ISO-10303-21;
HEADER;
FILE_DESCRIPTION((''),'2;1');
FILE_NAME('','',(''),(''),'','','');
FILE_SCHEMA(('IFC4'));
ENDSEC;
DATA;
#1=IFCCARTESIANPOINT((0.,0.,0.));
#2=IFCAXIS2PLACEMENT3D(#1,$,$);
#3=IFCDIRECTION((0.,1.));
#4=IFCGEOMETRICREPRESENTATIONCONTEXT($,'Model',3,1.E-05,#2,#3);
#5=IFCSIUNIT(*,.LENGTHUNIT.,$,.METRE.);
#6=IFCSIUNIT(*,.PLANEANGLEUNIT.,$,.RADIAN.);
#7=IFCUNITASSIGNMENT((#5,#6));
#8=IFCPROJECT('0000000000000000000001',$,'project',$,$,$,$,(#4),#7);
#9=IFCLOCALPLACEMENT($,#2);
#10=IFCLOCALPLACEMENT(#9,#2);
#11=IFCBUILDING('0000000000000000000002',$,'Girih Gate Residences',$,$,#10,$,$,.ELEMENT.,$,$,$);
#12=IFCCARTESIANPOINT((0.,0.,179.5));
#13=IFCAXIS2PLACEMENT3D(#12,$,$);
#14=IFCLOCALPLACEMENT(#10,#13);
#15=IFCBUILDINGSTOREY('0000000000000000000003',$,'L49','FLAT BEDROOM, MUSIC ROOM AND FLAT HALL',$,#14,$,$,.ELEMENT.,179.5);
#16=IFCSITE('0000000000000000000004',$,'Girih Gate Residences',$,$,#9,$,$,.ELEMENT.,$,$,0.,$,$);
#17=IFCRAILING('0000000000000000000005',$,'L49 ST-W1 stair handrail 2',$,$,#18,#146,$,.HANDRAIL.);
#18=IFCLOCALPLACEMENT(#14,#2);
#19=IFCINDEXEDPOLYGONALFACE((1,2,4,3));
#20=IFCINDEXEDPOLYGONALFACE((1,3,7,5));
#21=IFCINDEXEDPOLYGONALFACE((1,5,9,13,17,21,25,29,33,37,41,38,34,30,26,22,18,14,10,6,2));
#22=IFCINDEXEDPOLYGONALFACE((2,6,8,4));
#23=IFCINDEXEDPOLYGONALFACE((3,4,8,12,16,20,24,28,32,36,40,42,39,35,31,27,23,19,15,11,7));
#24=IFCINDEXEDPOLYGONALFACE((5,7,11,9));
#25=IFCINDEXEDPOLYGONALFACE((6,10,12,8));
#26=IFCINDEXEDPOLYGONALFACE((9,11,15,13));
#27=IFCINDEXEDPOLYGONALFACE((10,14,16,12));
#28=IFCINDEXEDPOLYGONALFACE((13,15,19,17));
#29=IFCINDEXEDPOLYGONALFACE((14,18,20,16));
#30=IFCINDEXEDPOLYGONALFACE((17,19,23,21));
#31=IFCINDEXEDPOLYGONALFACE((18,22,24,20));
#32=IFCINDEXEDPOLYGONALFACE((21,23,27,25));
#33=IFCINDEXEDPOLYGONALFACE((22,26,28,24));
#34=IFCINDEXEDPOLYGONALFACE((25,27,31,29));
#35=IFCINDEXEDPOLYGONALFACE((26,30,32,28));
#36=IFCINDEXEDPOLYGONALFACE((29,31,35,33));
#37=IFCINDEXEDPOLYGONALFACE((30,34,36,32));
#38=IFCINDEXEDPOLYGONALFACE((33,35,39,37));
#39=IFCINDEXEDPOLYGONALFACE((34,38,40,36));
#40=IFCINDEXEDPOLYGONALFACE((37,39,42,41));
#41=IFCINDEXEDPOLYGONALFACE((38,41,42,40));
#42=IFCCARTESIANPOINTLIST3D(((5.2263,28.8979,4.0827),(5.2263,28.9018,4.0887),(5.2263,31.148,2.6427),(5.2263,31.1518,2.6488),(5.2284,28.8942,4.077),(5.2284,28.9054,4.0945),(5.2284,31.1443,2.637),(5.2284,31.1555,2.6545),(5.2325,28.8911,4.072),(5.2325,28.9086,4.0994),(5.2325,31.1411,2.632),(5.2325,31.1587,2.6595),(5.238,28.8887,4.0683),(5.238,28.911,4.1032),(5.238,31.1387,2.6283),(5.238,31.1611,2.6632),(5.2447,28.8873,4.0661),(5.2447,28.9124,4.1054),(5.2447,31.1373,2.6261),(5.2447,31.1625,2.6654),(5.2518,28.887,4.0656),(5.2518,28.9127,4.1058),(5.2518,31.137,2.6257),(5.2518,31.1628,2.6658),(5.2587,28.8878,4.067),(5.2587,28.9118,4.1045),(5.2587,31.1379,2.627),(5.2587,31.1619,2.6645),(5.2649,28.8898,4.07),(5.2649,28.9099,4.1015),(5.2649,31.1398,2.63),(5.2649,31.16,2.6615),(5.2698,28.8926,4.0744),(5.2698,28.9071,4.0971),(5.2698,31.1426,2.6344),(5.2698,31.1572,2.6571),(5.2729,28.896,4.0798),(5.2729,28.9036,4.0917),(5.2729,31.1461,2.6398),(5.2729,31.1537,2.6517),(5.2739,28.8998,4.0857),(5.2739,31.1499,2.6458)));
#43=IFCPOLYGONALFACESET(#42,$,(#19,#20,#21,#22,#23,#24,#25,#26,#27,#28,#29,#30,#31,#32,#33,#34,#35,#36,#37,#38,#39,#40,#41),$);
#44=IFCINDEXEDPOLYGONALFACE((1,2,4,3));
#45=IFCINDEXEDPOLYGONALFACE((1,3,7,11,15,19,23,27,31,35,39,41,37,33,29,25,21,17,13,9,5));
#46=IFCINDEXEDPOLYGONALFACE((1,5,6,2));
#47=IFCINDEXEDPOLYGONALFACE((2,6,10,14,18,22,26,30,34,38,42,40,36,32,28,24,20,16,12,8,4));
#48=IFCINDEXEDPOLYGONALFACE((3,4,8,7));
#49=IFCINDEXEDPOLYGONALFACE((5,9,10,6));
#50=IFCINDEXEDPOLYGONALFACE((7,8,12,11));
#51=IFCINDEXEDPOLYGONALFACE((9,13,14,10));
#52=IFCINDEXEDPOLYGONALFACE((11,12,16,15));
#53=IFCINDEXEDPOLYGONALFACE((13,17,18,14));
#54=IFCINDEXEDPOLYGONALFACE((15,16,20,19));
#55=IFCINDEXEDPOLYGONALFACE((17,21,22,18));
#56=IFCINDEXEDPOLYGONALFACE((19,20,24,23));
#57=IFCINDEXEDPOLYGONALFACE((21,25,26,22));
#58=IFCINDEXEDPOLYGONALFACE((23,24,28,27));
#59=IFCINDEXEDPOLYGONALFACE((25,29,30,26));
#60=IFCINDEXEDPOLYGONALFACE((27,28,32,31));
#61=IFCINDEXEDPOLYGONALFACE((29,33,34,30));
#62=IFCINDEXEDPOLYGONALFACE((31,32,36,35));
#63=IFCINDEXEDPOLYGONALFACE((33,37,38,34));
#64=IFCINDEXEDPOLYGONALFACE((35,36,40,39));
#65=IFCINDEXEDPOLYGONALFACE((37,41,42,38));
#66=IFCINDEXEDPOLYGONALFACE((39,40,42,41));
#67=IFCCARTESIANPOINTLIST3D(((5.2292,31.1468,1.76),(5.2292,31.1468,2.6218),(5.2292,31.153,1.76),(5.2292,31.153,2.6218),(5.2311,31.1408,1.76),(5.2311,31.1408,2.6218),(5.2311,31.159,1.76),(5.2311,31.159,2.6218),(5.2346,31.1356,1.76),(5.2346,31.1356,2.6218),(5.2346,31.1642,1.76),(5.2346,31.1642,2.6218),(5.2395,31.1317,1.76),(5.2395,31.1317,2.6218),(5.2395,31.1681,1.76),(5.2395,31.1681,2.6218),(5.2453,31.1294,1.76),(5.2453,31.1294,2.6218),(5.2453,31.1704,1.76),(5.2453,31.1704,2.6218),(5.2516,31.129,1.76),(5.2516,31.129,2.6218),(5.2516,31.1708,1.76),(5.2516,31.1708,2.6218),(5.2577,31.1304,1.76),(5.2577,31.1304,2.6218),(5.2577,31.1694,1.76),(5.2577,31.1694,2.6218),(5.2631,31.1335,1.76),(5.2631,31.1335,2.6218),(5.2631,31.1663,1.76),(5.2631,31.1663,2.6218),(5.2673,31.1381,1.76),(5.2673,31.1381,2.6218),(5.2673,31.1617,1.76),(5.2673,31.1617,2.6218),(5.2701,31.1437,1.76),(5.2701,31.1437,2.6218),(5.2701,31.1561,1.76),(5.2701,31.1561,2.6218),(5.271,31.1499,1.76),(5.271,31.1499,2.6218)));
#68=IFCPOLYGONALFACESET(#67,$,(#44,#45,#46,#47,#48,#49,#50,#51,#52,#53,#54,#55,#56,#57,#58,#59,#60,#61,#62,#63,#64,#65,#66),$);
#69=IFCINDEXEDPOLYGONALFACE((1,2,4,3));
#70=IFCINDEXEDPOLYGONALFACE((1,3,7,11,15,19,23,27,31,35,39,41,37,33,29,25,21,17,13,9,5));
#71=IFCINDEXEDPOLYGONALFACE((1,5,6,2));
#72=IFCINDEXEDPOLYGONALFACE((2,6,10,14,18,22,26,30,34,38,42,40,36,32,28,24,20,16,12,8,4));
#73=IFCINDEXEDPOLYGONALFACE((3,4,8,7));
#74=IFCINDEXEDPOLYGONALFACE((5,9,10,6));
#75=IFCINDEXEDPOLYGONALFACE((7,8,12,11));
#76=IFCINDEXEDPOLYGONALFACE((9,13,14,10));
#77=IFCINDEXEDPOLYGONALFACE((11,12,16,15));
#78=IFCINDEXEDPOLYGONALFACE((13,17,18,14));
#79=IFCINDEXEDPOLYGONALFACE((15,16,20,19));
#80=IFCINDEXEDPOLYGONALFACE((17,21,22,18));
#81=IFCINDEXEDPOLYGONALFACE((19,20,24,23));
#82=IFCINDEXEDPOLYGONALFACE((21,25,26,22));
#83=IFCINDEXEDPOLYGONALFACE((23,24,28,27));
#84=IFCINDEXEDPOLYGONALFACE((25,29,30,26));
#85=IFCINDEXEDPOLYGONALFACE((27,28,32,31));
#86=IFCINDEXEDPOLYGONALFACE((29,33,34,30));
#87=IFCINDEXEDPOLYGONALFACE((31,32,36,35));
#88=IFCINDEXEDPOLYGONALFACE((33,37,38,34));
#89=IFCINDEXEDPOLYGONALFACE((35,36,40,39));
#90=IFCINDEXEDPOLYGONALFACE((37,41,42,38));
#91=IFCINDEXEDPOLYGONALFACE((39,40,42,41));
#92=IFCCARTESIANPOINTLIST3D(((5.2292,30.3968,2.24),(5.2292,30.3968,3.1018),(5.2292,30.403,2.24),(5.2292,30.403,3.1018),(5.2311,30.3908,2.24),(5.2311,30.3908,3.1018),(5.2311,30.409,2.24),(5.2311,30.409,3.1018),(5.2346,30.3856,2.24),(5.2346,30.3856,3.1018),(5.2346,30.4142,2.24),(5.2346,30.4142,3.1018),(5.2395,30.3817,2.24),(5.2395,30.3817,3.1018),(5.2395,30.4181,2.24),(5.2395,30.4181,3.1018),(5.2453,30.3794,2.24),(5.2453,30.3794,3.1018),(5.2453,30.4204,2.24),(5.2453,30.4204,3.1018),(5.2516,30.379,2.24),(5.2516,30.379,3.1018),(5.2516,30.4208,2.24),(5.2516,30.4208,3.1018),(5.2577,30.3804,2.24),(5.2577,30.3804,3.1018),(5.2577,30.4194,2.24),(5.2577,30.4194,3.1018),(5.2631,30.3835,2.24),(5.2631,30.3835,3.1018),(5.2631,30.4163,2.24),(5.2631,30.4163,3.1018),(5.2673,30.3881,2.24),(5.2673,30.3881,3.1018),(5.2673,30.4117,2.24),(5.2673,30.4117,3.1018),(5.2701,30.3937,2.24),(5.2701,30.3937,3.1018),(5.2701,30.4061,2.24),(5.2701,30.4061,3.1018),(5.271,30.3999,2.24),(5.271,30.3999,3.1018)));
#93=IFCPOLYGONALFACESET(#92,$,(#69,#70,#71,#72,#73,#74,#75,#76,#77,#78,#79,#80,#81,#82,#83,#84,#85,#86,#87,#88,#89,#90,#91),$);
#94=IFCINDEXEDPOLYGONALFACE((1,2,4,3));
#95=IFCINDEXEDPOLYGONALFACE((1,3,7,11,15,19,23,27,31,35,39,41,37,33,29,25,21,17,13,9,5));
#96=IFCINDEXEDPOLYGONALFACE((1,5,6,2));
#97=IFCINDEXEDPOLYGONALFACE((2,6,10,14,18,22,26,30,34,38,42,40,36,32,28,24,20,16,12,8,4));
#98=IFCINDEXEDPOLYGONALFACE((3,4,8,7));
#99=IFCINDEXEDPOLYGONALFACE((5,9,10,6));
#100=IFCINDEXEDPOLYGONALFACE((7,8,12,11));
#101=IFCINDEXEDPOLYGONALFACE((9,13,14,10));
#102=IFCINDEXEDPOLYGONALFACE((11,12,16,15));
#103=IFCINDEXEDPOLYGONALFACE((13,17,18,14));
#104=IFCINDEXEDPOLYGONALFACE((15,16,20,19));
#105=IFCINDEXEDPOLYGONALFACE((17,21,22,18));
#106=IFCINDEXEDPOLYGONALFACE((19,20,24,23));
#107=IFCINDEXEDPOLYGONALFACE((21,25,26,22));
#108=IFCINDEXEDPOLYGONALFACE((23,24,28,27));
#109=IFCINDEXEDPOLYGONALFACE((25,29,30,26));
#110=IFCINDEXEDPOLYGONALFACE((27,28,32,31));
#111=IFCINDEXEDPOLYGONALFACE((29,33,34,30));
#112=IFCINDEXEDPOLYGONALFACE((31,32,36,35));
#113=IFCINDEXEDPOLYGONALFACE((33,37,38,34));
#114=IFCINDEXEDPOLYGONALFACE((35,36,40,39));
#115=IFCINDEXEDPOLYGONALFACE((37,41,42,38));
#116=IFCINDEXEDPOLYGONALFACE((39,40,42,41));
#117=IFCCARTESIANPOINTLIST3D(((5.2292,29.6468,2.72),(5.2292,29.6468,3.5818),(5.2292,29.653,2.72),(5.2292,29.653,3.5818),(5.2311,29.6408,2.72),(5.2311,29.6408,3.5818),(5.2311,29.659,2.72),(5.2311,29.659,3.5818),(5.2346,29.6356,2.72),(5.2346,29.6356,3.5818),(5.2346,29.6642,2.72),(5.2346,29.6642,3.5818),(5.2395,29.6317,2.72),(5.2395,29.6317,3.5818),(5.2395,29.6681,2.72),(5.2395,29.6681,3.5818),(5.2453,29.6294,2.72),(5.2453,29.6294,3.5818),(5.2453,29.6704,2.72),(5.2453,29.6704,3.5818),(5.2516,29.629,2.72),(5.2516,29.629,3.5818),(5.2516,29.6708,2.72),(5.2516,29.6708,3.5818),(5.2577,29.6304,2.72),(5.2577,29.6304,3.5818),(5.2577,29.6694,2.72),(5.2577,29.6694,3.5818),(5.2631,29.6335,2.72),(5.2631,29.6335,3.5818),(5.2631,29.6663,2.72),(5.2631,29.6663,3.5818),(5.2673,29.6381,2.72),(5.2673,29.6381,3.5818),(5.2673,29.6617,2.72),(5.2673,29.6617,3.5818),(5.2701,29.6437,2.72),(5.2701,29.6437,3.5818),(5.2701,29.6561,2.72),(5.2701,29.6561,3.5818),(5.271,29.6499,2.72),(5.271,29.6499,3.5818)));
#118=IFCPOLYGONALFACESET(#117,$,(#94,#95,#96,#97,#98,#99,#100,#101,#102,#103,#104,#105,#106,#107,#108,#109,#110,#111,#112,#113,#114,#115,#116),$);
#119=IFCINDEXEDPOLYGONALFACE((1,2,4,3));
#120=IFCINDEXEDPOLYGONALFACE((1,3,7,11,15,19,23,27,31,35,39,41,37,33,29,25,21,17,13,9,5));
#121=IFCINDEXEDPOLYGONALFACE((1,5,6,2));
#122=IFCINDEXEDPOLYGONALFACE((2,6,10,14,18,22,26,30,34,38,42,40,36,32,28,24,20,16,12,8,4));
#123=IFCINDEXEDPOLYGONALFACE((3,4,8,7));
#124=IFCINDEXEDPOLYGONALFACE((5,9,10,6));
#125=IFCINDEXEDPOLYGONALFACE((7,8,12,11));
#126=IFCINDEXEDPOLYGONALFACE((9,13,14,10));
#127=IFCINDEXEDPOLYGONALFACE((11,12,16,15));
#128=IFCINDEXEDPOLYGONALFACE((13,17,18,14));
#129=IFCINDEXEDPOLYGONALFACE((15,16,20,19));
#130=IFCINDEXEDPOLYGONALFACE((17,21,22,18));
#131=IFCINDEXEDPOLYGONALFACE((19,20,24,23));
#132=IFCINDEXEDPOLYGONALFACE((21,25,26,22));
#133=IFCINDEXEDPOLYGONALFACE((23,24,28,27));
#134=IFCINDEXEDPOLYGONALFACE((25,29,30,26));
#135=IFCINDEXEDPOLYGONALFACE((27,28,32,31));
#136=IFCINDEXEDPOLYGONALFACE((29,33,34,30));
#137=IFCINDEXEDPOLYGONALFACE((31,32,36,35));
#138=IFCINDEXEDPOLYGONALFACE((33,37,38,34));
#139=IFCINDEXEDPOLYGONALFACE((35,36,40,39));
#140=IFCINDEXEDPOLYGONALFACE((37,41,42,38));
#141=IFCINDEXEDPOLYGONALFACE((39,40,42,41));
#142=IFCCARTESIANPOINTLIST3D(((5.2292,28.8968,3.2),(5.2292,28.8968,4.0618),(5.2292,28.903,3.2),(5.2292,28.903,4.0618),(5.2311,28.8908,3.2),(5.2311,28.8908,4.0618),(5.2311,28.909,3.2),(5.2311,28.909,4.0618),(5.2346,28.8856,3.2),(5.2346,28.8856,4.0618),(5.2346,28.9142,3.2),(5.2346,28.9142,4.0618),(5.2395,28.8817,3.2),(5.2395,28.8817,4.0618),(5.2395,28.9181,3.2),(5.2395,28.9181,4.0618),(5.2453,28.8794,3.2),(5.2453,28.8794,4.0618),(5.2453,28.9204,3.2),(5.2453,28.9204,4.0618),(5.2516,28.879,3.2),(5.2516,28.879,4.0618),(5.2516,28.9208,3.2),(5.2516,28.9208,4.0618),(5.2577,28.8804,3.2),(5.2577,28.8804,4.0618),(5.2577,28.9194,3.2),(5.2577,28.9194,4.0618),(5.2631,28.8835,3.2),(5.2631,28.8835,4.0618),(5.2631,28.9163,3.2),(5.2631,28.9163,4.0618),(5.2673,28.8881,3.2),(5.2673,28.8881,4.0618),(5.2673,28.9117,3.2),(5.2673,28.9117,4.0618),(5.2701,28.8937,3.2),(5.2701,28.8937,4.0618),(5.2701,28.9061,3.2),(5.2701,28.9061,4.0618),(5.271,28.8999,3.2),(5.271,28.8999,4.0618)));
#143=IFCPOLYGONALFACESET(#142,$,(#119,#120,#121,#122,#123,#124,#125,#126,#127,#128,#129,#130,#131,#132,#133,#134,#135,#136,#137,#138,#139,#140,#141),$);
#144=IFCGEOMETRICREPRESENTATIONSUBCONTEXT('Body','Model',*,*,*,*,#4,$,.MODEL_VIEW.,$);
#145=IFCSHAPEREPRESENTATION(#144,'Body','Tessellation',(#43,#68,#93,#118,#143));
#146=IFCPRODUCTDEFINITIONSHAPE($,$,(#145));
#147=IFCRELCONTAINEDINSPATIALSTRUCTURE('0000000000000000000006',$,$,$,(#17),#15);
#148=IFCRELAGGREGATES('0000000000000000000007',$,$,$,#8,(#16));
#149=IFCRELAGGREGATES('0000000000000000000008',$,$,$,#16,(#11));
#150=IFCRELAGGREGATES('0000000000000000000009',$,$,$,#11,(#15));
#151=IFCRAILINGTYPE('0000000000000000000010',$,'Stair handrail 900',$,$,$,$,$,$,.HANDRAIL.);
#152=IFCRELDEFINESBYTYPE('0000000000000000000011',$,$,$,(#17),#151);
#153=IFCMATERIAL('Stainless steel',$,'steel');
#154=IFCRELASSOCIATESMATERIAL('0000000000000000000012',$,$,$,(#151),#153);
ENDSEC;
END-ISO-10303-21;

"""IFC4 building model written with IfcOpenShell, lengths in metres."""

from ifc_helpers import new_model, si_unit, direction, frame, origin, origin_2d, place, context, subcontext, project, spatial, circle, extrude, material, type_object, element, save


model = new_model("IFC4")

# Units and contexts
model_context = context("Model", 3, precision=1e-05, world=origin(), true_north=direction((0.0, 1.0)))
body_context = subcontext(model_context, "Body", "Model", "MODEL_VIEW")
ifc_project = project(units=[si_unit("LENGTHUNIT", "METRE"), si_unit("PLANEANGLEUNIT", "RADIAN")], contexts=[model_context])

# Site, building, storey
site_placement = place(None, origin())
site = spatial("IfcSite", under=ifc_project, at=site_placement, Name="Girih Gate Residences", CompositionType="ELEMENT", RefElevation=0.0)
building_placement = place(site_placement, origin())
building = spatial("IfcBuilding", under=site, at=building_placement, Name="Girih Gate Residences", CompositionType="ELEMENT")
storey_placement = place(building_placement, frame((0.0, 0.0, 179.5)))
storey = spatial("IfcBuildingStorey", under=building, at=storey_placement, Name="L49", Description="FLAT BEDROOM, MUSIC ROOM AND FLAT HALL", CompositionType="ELEMENT", Elevation=179.5)

# Shared definitions
ifc_material_1 = material(Name="Stainless steel", Category="steel")

# Railing
railing_type_1 = type_object("IfcRailingType", Name="Stair handrail 900", PredefinedType="HANDRAIL", material=ifc_material_1)
railing_1_placement = place(storey_placement, frame((5.25, 31.1499, 1.76)))
element("IfcRailing", 1, at=railing_1_placement, inside=storey, type_object=railing_type_1, Name="L49 ST-W1 stair handrail 2", PredefinedType="HANDRAIL", context=body_context, shape_type="SweptSolid", body=[
    extrude(circle(Radius=0.0239, at=origin_2d()), frame((0.0, 0.0, 0.8857), z_axis=(0.0, -0.842281, 0.539038), x_axis=(1.0, 0.0, 0.0)), (0.0, 0.0, 1.0), 2.6714),
    extrude(circle(Radius=0.021, at=origin_2d()), origin(), (0.0, 0.0, 1.0), 0.8618),
    extrude(circle(Radius=0.021, at=origin_2d()), frame((0.0, -0.75, 0.48)), (0.0, 0.0, 1.0), 0.8618),
    extrude(circle(Radius=0.021, at=origin_2d()), frame((0.0, -1.5, 0.96)), (0.0, 0.0, 1.0), 0.8618),
    extrude(circle(Radius=0.021, at=origin_2d()), frame((0.0, -2.25, 1.4399)), (0.0, 0.0, 1.0), 0.8618),
])

save(model, "model.ifc")
